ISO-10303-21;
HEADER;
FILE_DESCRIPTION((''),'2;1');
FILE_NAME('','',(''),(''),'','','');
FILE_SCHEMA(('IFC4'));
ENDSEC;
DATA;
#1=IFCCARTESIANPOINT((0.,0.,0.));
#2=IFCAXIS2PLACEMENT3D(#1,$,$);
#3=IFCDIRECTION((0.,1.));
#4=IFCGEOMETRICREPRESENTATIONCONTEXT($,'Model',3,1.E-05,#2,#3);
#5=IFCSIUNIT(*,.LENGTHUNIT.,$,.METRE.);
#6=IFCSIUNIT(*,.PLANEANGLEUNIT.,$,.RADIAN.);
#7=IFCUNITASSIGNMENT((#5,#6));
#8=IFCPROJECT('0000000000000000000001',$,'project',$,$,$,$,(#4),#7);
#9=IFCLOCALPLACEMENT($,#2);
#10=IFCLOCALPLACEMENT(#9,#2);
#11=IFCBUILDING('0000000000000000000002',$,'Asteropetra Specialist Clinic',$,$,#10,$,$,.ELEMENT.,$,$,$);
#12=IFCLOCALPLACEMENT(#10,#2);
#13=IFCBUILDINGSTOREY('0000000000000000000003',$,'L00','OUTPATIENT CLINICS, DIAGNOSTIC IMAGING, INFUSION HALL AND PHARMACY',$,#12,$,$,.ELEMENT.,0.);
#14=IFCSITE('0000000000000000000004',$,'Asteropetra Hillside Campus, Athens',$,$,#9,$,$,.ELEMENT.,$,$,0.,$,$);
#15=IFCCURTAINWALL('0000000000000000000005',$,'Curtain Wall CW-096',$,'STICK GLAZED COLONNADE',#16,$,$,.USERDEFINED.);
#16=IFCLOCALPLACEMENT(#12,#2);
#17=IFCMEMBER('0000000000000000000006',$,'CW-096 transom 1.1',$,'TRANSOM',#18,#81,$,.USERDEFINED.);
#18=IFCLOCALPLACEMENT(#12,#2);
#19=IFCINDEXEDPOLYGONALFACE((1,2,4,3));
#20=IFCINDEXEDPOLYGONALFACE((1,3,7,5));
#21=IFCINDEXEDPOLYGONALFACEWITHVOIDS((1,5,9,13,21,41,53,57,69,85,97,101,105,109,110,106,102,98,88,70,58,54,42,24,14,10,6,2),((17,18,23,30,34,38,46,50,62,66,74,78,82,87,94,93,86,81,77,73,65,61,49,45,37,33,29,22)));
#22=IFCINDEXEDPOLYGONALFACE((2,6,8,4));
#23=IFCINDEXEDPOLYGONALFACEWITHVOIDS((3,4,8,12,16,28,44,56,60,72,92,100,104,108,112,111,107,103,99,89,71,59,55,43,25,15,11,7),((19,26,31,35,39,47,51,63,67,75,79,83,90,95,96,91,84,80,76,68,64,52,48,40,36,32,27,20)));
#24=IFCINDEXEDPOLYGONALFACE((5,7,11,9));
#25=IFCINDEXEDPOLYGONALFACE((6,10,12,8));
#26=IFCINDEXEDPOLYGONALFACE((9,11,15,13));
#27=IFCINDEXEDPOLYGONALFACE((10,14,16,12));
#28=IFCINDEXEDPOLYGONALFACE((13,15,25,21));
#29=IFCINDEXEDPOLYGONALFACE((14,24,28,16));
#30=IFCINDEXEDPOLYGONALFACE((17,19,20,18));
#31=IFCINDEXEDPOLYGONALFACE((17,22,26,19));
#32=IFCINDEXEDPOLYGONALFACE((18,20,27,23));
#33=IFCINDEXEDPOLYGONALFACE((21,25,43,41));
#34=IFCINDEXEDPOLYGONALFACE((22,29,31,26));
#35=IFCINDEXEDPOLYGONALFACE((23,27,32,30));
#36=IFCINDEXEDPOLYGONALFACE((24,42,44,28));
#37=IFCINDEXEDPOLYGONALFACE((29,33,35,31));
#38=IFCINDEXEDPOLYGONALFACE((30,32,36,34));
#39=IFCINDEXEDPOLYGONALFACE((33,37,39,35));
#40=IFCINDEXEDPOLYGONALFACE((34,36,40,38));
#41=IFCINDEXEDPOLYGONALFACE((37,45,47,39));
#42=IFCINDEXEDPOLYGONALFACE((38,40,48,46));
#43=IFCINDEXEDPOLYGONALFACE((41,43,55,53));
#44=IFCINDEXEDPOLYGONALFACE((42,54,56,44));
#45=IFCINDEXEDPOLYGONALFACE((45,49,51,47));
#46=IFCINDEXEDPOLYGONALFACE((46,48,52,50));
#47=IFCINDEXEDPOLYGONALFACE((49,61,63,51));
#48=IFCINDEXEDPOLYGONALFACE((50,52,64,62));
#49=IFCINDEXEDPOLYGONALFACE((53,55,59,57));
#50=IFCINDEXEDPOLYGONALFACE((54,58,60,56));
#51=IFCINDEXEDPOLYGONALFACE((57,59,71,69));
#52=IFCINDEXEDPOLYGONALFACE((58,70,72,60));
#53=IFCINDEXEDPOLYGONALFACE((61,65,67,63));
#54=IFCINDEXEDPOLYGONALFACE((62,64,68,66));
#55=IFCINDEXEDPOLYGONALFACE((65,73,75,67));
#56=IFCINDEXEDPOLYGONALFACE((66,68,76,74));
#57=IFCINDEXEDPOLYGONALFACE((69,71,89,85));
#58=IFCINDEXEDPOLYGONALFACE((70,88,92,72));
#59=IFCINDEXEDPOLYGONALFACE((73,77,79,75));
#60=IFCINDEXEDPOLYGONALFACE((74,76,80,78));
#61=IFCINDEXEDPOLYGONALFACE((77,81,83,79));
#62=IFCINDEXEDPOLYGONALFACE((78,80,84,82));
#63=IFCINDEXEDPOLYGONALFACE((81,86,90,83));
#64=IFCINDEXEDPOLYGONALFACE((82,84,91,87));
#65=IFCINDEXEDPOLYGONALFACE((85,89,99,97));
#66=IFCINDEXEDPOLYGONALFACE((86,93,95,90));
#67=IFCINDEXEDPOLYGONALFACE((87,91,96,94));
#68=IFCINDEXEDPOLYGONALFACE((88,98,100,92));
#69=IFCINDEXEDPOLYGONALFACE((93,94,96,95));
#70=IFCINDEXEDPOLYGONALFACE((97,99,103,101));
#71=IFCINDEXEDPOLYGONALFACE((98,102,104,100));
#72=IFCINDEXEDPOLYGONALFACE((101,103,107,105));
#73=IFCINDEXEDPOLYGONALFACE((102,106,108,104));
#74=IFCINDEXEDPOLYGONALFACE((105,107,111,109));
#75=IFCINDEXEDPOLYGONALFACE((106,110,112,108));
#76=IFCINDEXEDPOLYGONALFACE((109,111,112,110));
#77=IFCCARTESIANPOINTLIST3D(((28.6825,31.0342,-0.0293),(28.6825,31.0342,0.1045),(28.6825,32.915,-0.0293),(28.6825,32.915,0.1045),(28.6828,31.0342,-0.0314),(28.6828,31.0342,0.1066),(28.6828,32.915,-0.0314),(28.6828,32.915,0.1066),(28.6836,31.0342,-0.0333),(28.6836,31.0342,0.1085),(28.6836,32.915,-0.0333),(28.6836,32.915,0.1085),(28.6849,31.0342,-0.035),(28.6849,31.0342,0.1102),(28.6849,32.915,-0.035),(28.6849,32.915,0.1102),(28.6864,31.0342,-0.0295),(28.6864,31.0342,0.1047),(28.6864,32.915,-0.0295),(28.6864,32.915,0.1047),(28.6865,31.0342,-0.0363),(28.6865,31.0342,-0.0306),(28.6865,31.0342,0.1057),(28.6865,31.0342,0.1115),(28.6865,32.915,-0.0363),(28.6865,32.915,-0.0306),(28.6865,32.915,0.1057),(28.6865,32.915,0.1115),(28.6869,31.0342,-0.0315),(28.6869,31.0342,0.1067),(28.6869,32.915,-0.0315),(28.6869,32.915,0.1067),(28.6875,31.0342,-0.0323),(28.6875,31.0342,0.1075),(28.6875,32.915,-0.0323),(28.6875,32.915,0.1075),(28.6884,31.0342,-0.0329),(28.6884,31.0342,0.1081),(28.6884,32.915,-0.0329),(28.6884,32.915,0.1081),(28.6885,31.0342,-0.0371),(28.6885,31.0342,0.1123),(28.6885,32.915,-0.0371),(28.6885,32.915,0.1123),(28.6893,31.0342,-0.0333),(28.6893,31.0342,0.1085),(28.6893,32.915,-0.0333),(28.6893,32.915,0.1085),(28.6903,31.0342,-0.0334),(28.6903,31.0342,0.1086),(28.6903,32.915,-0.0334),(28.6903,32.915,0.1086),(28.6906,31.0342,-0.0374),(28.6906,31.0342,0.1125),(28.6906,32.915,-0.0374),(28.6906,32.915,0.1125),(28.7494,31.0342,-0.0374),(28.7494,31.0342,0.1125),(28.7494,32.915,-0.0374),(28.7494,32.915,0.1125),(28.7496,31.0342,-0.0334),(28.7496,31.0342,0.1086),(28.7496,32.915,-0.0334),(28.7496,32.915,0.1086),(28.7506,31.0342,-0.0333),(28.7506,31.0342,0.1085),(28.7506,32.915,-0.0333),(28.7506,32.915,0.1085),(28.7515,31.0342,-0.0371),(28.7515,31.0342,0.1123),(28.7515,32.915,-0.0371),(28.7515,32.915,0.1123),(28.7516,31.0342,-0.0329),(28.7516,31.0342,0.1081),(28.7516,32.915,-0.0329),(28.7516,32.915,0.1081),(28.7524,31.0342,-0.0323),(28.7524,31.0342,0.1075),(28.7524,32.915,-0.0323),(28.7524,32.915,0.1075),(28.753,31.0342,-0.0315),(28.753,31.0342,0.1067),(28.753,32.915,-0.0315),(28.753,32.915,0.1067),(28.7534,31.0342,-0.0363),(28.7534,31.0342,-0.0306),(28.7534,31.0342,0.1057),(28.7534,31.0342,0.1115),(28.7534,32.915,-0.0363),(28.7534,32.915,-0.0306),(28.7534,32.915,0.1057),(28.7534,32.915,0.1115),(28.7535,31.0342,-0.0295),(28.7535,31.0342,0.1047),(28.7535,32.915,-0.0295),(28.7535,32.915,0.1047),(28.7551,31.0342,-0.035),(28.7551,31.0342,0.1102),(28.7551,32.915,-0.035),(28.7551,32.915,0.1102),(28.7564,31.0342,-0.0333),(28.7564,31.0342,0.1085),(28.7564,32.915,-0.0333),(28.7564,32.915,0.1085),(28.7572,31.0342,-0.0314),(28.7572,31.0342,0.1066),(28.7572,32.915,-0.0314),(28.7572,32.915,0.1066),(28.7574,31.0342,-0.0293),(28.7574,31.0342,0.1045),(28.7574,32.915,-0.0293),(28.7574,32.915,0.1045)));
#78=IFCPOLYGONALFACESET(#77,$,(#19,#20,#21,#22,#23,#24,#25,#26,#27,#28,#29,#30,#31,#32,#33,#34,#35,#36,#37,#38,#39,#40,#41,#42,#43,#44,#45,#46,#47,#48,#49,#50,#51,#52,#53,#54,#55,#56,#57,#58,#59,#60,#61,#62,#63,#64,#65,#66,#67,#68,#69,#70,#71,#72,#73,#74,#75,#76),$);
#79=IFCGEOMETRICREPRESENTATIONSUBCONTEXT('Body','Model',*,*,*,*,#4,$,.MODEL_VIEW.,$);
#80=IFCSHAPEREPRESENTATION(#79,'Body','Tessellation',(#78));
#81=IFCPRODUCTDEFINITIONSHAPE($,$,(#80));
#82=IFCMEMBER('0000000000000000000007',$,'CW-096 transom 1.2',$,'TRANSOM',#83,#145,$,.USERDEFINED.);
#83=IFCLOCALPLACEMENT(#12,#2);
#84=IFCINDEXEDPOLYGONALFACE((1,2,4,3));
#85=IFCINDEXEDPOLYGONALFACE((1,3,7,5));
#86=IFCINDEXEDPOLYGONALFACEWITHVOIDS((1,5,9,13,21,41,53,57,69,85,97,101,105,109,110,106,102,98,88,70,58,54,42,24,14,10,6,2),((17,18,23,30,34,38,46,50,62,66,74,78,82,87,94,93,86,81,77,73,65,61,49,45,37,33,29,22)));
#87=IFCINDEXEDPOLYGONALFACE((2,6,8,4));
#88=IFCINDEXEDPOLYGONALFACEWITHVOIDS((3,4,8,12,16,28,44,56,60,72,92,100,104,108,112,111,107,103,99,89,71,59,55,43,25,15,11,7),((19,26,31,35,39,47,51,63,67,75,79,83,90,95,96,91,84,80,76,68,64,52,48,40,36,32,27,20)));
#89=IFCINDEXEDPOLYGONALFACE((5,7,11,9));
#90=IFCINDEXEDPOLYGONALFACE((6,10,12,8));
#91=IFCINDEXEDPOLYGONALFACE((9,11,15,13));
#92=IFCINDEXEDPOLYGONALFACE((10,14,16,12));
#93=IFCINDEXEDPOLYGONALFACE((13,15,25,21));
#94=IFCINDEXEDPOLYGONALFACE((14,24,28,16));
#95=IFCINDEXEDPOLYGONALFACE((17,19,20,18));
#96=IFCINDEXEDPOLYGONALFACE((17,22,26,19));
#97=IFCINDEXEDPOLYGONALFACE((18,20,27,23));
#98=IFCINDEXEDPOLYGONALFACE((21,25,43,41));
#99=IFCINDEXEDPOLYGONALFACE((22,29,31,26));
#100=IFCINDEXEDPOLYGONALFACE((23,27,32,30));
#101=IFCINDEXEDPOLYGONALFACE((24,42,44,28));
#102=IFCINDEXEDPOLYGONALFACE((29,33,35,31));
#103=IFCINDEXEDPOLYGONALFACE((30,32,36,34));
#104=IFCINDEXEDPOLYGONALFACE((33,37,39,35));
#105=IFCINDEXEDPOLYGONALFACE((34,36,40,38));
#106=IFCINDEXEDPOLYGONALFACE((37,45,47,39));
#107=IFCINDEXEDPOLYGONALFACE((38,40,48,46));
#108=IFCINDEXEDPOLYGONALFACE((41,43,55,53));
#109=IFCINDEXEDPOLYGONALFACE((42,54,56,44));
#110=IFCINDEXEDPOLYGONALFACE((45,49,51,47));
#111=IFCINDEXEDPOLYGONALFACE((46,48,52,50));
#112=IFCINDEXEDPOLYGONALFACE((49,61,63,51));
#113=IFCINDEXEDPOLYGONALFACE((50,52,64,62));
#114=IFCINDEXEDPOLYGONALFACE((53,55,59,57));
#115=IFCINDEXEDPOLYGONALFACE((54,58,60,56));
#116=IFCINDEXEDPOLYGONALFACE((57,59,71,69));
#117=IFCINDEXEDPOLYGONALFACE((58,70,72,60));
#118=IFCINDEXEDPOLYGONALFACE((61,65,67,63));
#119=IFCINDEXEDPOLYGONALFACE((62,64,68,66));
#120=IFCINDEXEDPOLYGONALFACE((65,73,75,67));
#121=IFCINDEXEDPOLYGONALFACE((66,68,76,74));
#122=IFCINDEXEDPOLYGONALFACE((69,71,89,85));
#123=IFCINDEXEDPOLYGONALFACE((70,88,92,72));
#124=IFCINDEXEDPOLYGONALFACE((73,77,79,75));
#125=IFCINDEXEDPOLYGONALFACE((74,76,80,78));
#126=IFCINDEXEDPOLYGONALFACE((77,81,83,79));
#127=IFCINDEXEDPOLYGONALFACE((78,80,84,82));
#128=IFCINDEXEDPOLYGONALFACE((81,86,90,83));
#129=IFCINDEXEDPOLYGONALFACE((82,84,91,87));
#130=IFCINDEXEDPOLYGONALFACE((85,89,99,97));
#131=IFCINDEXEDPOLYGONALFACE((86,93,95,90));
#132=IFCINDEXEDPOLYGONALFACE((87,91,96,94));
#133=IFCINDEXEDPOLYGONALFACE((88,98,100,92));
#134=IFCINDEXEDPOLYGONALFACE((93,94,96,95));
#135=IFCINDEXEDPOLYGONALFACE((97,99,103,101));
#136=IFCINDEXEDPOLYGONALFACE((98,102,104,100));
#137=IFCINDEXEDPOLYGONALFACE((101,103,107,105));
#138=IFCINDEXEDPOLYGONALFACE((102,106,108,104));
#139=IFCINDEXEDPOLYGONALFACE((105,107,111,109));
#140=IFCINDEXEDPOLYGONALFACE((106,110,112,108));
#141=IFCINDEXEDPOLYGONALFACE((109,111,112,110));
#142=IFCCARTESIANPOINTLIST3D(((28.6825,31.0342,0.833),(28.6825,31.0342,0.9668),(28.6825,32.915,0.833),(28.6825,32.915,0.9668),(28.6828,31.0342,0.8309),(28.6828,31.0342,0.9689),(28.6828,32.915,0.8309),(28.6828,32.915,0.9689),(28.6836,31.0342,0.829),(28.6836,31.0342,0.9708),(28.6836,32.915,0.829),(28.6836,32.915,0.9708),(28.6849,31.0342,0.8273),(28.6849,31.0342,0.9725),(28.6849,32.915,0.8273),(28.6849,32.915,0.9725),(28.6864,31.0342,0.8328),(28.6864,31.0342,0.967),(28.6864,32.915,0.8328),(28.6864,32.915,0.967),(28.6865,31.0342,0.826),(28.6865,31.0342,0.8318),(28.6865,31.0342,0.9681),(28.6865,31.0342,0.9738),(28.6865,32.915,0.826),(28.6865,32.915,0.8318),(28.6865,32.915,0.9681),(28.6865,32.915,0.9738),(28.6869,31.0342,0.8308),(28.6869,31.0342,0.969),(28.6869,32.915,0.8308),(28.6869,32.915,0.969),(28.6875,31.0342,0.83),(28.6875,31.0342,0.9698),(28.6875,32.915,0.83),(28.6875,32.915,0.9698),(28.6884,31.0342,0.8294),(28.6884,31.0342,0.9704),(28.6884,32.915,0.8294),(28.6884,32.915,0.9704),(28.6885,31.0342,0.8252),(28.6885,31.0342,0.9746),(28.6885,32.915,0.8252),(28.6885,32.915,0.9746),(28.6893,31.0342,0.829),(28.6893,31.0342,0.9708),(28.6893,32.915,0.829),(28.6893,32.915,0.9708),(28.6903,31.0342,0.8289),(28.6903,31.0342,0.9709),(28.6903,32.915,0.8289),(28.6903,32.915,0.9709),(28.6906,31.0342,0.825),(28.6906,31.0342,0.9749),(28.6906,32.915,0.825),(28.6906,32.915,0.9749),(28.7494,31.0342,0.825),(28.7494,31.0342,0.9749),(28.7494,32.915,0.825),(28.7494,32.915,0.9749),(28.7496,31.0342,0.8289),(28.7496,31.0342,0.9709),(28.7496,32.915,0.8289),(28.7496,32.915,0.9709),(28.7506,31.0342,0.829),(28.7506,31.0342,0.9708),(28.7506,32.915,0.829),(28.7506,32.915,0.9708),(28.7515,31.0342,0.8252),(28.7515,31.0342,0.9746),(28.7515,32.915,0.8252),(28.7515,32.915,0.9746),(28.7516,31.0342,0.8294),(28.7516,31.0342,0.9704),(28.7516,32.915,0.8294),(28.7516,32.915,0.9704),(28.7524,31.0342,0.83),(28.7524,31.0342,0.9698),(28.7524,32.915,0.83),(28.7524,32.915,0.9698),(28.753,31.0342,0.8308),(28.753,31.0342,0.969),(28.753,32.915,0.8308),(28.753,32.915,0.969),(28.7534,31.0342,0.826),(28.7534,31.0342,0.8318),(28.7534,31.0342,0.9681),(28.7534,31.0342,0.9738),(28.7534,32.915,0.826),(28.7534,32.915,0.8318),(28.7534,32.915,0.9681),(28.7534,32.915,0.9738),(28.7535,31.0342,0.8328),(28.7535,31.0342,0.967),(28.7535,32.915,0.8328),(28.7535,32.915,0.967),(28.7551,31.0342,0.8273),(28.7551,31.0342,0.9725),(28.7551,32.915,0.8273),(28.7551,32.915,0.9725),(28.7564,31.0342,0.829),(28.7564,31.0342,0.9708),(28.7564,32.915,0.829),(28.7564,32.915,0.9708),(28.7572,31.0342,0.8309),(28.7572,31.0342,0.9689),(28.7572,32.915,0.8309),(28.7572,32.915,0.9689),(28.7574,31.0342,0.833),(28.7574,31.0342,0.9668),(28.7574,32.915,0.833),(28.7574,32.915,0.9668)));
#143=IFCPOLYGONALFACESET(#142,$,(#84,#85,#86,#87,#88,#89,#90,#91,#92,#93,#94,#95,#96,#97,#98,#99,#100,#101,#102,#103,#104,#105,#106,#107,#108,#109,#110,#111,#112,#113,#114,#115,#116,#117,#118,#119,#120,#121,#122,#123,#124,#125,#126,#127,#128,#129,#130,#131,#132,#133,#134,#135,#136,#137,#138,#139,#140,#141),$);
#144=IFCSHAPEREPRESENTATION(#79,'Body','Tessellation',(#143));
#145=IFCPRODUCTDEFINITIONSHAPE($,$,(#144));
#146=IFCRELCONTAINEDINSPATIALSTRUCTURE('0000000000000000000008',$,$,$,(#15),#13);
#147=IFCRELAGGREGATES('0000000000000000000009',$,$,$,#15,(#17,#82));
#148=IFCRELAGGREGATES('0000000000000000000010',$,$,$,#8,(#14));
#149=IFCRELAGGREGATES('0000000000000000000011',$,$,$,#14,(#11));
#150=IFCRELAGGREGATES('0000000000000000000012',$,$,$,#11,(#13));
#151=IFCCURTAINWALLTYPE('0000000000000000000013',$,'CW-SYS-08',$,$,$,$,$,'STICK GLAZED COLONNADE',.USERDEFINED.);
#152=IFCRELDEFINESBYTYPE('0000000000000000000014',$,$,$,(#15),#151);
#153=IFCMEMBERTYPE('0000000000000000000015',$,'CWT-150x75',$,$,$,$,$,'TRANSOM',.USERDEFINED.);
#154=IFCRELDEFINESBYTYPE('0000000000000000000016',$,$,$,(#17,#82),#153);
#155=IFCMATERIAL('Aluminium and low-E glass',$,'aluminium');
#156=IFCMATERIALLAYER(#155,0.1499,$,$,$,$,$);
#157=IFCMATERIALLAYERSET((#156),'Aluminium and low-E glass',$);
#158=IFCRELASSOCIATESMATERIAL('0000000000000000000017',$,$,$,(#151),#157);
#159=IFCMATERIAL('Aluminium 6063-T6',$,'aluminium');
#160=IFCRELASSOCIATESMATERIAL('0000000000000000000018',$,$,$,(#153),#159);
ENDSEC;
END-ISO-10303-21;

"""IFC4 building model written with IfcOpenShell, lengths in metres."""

from ifc_helpers import new_model, si_unit, direction, frame, origin, origin_2d, place, context, subcontext, project, spatial, hollow_rectangle, extrude, material, layer, layer_set, material_profile, profile_set, type_object, element, aggregate, save


model = new_model("IFC4")

# Units and contexts
model_context = context("Model", 3, precision=1e-05, world=origin(), true_north=direction((0.0, 1.0)))
body_context = subcontext(model_context, "Body", "Model", "MODEL_VIEW")
ifc_project = project(units=[si_unit("LENGTHUNIT", "METRE"), si_unit("PLANEANGLEUNIT", "RADIAN")], contexts=[model_context])

# Site, building, storey
site_placement = place(None, origin())
site = spatial("IfcSite", under=ifc_project, at=site_placement, Name="Asteropetra Hillside Campus, Athens", CompositionType="ELEMENT", RefElevation=0.0)
building_placement = place(site_placement, origin())
building = spatial("IfcBuilding", under=site, at=building_placement, Name="Asteropetra Specialist Clinic", CompositionType="ELEMENT")
storey_placement = place(building_placement, origin())
storey = spatial("IfcBuildingStorey", under=building, at=storey_placement, Name="L00", Description="OUTPATIENT CLINICS, DIAGNOSTIC IMAGING, INFUSION HALL AND PHARMACY", CompositionType="ELEMENT", Elevation=0.0)

# Curtain wall, members
ifc_material_1 = material(Name="Aluminium and low-E glass", Category="aluminium")
ifc_layer_1 = layer(ifc_material_1, 0.1499)
ifc_layer_set_1 = layer_set([ifc_layer_1], Name="Aluminium and low-E glass")
curtain_wall_type = type_object("IfcCurtainWallType", Name="CW-SYS-08", ElementType="STICK GLAZED COLONNADE", PredefinedType="USERDEFINED", material=ifc_layer_set_1)
curtain_wall_placement = place(storey_placement, origin())
curtain_wall = element("IfcCurtainWall", 1, at=curtain_wall_placement, inside=storey, type_object=curtain_wall_type, Name="Curtain Wall CW-096", ObjectType="STICK GLAZED COLONNADE", PredefinedType="USERDEFINED")
ifc_material_2 = material(Name="Aluminium 6063-T6", Category="aluminium")
ifc_material_profile_1 = material_profile(ifc_material_2, hollow_rectangle(XDim=0.075, YDim=0.1499, WallThickness=0.0039, InnerFilletRadius=0.0039, OuterFilletRadius=0.0081, at=origin_2d()), Name="TRN 150x75x4.0")
ifc_profile_set_1 = profile_set([ifc_material_profile_1], Name="Aluminium 6063-T6")
member_type_1 = type_object("IfcMemberType", Name="CWT-150x75", ElementType="TRANSOM", PredefinedType="USERDEFINED", material=ifc_profile_set_1)
member_1_placement = place(storey_placement, frame((28.72, 32.915, 0.0376), z_axis=(0.0, -1.0, 0.0), x_axis=(1.0, 0.0, 0.0)))
member_1 = element("IfcMember", 2, at=member_1_placement, type_object=member_type_1, Name="CW-096 transom 1.1", ObjectType="TRANSOM", PredefinedType="USERDEFINED", context=body_context, shape_type="SweptSolid", body=[
    extrude(hollow_rectangle(XDim=0.075, YDim=0.1499, WallThickness=0.0039, InnerFilletRadius=0.0039, OuterFilletRadius=0.0081, at=origin_2d()), origin(), (0.0, 0.0, 1.0), 1.8809),
])
member_2_placement = place(storey_placement, frame((28.72, 32.915, 0.8999), z_axis=(0.0, -1.0, 0.0), x_axis=(1.0, 0.0, 0.0)))
member_2 = element("IfcMember", 3, at=member_2_placement, type_object=member_type_1, Name="CW-096 transom 1.2", ObjectType="TRANSOM", PredefinedType="USERDEFINED", context=body_context, shape_type="SweptSolid", body=[
    extrude(hollow_rectangle(XDim=0.075, YDim=0.1499, WallThickness=0.0039, InnerFilletRadius=0.0039, OuterFilletRadius=0.0081, at=origin_2d()), origin(), (0.0, 0.0, 1.0), 1.8809),
])
aggregate(curtain_wall, [member_1, member_2])

save(model, "model.ifc")
